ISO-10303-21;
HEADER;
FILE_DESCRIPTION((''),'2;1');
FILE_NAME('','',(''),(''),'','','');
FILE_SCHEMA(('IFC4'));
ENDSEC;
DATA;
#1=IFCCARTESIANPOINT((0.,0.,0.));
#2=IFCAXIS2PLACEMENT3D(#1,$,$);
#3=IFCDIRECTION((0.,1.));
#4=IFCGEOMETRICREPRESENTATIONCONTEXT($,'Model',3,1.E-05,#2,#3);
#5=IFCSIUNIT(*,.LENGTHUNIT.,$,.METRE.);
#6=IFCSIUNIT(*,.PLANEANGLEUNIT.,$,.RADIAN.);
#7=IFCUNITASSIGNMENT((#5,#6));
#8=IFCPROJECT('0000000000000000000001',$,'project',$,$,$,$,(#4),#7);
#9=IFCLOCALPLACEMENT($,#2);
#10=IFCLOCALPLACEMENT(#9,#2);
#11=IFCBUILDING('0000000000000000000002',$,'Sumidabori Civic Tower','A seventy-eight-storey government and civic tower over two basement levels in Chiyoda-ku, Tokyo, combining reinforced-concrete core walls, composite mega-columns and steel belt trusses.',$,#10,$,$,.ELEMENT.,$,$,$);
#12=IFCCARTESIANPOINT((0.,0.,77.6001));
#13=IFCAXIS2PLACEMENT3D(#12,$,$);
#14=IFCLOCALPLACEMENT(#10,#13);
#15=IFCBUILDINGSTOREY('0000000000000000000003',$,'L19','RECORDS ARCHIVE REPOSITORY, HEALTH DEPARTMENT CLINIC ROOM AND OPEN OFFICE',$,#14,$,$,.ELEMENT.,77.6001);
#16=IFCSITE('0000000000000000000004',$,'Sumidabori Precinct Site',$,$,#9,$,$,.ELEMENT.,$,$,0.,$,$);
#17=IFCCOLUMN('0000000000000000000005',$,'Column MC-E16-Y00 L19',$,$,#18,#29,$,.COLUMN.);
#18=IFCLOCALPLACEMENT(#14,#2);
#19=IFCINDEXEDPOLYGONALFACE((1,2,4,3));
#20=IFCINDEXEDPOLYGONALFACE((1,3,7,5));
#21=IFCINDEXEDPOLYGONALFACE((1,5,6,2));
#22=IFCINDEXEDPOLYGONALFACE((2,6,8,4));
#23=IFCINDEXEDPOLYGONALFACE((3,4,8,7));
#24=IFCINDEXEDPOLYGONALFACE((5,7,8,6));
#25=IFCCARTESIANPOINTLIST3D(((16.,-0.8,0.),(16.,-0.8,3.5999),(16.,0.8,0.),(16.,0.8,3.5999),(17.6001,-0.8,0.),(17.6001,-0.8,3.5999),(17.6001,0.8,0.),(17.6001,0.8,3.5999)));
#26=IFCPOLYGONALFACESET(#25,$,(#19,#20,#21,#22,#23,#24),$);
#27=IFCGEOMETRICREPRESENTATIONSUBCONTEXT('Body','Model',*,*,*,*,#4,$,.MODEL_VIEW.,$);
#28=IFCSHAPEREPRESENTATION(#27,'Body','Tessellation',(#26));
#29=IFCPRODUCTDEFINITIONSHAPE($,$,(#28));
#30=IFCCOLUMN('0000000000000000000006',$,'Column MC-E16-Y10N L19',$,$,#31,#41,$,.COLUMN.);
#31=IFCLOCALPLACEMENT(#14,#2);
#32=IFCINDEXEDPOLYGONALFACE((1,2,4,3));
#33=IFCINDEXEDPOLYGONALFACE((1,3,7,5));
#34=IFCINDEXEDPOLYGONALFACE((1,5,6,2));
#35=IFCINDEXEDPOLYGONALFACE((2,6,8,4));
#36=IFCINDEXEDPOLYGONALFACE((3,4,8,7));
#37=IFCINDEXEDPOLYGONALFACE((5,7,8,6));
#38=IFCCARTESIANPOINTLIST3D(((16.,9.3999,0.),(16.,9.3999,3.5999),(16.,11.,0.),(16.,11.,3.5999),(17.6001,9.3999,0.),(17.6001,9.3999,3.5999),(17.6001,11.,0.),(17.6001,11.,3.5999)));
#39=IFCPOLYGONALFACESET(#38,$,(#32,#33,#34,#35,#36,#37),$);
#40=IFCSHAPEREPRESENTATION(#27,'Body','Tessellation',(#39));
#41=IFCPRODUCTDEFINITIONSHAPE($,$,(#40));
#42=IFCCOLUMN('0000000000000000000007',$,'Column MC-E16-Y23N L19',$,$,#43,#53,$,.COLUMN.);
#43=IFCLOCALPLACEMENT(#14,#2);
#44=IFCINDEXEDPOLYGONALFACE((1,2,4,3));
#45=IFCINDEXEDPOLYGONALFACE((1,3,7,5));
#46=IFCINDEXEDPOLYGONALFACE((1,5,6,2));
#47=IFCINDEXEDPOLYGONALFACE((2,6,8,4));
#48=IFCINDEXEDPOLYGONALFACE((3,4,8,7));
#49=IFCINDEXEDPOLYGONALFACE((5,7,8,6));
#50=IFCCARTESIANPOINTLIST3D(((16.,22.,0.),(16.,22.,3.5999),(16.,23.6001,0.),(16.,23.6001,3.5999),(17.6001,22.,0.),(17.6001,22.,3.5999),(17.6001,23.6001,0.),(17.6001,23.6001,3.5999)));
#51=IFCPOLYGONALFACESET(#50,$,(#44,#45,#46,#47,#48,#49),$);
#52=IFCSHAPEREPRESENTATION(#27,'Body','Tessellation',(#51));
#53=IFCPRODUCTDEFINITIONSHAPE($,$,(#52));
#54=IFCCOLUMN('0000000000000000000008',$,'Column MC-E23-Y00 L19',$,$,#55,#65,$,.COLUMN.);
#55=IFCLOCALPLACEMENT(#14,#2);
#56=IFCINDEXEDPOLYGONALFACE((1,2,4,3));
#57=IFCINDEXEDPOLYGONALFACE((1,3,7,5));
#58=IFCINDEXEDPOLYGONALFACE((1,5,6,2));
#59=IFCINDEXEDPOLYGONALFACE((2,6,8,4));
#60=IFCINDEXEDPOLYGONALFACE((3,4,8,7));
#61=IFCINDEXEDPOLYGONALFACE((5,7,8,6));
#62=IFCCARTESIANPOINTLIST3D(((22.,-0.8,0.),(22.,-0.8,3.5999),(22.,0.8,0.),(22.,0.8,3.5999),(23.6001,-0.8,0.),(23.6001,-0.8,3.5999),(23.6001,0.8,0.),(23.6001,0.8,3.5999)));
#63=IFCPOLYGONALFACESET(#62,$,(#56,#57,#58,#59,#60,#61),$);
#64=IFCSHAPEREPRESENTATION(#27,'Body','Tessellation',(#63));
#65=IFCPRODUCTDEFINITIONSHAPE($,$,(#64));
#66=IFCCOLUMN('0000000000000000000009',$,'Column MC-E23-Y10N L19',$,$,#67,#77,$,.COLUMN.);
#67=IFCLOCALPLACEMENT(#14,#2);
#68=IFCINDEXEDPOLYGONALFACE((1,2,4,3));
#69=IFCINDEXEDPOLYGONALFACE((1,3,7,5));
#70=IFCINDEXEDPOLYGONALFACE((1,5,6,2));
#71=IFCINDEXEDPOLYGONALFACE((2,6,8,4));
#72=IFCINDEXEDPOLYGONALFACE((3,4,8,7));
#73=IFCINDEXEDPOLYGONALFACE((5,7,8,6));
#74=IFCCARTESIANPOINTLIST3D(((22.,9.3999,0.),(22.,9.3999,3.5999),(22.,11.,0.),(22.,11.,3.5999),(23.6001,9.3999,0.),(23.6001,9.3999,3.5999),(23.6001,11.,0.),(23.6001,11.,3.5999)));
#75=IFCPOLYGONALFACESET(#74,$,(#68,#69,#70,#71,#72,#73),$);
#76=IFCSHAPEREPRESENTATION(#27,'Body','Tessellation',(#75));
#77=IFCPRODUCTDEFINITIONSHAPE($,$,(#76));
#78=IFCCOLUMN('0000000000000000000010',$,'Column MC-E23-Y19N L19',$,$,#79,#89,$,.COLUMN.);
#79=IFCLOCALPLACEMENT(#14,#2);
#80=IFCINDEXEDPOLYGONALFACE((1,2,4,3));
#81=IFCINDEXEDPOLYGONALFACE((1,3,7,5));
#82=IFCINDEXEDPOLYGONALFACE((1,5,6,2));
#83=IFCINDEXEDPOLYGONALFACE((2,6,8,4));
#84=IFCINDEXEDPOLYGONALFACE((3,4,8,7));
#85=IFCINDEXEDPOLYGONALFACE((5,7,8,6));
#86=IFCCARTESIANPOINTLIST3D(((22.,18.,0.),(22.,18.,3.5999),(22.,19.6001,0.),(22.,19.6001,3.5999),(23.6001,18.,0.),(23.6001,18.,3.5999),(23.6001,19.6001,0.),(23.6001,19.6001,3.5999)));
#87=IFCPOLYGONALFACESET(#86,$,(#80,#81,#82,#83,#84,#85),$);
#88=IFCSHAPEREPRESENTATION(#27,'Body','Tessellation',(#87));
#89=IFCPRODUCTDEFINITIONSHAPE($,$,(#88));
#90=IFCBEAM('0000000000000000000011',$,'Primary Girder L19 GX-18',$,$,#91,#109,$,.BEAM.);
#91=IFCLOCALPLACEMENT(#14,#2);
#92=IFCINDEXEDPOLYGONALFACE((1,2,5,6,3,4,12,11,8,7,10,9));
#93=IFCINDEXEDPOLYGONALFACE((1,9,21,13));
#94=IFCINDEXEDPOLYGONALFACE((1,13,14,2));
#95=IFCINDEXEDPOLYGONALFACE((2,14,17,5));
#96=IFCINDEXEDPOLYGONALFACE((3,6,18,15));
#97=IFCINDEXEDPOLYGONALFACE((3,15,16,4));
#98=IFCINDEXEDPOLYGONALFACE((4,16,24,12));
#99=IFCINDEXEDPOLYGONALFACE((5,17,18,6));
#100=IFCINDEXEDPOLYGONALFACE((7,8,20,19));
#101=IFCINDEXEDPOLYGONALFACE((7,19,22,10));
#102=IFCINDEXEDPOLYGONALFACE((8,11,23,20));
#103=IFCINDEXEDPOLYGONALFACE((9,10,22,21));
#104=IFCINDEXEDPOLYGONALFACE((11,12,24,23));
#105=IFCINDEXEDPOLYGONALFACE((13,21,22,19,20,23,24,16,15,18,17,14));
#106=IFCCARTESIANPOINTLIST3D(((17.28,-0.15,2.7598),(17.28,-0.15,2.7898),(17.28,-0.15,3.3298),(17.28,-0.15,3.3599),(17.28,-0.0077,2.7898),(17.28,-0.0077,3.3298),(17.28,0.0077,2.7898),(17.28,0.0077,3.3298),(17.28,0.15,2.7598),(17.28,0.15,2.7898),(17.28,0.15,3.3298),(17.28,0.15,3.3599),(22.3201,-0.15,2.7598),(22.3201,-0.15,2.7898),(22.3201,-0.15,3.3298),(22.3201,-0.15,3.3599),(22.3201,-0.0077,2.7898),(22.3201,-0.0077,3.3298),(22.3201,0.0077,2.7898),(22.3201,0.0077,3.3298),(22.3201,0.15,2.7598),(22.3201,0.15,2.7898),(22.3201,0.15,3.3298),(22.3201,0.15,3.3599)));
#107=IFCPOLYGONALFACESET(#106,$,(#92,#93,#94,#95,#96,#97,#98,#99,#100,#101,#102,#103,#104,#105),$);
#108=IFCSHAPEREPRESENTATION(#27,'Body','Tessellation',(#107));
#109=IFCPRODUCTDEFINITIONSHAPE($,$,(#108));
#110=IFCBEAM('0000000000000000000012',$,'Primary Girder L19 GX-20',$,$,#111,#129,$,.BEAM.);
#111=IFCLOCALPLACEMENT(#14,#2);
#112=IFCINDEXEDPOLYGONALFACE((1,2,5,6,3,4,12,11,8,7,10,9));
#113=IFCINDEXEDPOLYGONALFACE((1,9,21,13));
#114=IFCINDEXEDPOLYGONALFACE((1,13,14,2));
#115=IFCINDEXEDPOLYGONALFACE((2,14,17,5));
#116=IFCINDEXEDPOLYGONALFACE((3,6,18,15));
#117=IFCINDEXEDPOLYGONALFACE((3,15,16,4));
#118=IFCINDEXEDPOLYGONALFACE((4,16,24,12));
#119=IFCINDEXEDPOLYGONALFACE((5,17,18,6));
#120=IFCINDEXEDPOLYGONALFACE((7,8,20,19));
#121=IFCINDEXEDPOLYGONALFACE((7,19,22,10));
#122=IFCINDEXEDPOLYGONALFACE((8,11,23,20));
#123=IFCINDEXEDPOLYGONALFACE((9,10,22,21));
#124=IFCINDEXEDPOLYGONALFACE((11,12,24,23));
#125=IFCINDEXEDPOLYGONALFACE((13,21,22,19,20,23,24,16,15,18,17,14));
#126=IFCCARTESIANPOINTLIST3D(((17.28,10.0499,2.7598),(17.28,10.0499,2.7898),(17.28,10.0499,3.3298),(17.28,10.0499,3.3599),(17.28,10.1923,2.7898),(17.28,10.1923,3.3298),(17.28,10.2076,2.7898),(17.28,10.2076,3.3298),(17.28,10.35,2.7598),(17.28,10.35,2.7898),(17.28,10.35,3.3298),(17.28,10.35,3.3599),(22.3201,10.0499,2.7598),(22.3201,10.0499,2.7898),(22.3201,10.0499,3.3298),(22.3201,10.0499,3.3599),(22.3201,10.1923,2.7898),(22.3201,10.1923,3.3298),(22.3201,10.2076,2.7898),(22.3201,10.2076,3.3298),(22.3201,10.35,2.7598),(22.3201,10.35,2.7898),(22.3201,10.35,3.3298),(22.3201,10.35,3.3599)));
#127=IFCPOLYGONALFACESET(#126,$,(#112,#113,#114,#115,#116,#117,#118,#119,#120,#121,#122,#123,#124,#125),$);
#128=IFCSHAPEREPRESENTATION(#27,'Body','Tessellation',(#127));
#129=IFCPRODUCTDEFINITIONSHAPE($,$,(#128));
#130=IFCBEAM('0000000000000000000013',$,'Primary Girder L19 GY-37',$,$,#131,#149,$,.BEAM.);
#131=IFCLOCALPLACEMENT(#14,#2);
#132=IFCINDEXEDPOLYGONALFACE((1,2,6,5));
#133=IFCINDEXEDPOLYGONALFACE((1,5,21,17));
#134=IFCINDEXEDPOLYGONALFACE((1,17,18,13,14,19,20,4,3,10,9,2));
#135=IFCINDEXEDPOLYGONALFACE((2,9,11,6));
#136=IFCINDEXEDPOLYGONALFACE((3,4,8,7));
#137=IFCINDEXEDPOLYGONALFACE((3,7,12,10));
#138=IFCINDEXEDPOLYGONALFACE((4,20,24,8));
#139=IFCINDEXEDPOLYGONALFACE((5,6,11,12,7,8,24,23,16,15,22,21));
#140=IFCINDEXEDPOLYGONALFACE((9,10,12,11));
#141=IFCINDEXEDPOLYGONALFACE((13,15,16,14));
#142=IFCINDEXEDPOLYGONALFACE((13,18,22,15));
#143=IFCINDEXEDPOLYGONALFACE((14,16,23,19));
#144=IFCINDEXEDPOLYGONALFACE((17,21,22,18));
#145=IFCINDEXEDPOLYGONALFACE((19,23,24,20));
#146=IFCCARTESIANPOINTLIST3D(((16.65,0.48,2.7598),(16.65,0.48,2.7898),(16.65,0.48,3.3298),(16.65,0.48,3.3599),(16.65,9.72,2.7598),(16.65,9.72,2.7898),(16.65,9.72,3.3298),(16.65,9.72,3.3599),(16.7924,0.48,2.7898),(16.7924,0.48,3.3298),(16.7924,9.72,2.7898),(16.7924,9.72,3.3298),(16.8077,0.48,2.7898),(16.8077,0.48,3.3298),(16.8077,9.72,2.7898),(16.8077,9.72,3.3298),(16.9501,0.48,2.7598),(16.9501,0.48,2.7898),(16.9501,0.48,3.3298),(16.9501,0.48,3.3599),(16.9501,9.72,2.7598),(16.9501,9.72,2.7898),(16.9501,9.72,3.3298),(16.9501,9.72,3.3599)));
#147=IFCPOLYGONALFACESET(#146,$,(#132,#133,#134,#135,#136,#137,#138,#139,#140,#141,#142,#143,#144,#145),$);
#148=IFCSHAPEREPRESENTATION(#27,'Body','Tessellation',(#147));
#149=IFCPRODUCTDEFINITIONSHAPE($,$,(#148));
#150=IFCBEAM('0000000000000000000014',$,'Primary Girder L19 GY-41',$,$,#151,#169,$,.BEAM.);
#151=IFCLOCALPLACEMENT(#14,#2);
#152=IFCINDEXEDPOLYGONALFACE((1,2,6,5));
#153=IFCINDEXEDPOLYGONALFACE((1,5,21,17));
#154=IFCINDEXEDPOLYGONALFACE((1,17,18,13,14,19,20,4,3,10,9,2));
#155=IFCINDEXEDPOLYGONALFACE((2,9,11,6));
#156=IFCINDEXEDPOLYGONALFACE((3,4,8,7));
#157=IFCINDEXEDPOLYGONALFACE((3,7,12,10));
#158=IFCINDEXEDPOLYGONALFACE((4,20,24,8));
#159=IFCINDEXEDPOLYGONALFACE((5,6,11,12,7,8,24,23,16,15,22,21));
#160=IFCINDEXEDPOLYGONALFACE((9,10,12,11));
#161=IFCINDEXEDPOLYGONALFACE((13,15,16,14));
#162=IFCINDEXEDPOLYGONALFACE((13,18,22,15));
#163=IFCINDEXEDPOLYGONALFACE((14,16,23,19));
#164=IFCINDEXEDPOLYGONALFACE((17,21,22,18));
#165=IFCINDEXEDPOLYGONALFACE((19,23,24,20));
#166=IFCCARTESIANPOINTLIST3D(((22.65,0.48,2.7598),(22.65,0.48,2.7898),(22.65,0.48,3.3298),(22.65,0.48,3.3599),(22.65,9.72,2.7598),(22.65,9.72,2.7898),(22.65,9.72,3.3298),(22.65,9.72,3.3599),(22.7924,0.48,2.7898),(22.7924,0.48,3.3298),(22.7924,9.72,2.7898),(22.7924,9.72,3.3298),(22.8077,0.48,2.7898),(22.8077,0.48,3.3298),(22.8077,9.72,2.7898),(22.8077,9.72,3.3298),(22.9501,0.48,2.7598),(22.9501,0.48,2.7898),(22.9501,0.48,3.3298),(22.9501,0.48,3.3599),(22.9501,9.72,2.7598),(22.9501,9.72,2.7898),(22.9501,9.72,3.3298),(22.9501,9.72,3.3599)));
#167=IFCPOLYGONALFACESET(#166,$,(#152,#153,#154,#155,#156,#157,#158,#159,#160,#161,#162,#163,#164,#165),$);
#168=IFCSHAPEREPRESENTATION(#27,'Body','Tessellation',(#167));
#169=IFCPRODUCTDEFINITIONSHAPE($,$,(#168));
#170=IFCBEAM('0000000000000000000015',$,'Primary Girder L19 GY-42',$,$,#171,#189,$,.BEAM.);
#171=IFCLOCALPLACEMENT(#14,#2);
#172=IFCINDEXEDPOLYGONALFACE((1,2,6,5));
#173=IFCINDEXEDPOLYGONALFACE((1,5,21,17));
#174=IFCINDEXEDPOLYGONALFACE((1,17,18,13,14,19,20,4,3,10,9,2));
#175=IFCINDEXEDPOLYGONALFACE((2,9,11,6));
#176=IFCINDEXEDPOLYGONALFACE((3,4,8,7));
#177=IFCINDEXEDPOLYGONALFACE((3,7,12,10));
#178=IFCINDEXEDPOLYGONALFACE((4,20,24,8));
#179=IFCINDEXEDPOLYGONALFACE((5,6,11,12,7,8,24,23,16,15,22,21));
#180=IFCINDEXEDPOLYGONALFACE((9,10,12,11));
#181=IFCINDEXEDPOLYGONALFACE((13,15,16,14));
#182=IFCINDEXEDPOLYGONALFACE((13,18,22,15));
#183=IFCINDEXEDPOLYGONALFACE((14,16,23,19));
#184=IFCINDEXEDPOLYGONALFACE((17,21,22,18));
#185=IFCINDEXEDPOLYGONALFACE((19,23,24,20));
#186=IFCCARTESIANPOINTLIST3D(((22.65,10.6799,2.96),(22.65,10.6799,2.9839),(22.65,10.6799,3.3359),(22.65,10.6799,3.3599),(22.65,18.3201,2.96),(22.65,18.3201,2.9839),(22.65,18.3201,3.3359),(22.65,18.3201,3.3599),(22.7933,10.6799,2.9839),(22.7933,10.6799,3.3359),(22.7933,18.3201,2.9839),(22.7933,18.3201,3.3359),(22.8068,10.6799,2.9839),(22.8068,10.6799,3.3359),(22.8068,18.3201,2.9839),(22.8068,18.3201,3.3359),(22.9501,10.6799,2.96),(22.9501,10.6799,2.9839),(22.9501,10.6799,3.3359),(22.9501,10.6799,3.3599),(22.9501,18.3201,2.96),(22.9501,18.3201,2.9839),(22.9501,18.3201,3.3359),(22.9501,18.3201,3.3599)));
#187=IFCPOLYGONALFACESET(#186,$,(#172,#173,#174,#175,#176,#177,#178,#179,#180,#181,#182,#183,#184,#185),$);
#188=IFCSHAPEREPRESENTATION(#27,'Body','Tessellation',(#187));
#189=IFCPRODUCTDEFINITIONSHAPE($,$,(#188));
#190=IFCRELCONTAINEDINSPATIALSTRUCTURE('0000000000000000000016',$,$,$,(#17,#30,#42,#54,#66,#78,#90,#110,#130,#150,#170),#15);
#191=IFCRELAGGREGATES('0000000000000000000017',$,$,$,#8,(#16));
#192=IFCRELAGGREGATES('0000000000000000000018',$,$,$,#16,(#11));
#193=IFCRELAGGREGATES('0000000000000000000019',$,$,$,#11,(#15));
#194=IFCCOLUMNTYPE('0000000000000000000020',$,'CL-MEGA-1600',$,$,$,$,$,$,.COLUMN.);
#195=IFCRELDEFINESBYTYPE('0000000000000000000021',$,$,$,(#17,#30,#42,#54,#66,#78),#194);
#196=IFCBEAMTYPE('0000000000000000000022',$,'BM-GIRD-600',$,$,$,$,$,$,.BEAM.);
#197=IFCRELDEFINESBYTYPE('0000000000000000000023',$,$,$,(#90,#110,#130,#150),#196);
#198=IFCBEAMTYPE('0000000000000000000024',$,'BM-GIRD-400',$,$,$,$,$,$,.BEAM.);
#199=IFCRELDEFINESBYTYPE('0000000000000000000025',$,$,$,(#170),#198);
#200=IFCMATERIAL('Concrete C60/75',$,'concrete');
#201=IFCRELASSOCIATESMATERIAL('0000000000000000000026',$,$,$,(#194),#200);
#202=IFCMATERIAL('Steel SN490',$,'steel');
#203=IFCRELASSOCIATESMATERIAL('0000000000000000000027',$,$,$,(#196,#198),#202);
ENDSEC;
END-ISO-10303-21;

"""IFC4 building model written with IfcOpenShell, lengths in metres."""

from ifc_helpers import new_model, si_unit, direction, frame, origin, origin_2d, place, context, subcontext, project, spatial, rectangle, i_section, extrude, source, transform, mapped, material, material_profile, profile_set, type_object, element, save


model = new_model("IFC4")

# Units and contexts
model_context = context("Model", 3, precision=1e-05, world=origin(), true_north=direction((0.0, 1.0)))
body_context = subcontext(model_context, "Body", "Model", "MODEL_VIEW")
ifc_project = project(units=[si_unit("LENGTHUNIT", "METRE"), si_unit("PLANEANGLEUNIT", "RADIAN")], contexts=[model_context])

# Site, building, storey
site_placement = place(None, origin())
site = spatial("IfcSite", under=ifc_project, at=site_placement, Name="Sumidabori Precinct Site", CompositionType="ELEMENT", RefElevation=0.0)
building_placement = place(site_placement, origin())
building = spatial("IfcBuilding", under=site, at=building_placement, Name="Sumidabori Civic Tower", Description="A seventy-eight-storey government and civic tower over two basement levels in Chiyoda-ku, Tokyo, combining reinforced-concrete core walls, composite mega-columns and steel belt trusses.", CompositionType="ELEMENT")
storey_placement = place(building_placement, frame((0.0, 0.0, 77.6001)))
storey = spatial("IfcBuildingStorey", under=building, at=storey_placement, Name="L19", Description="RECORDS ARCHIVE REPOSITORY, HEALTH DEPARTMENT CLINIC ROOM AND OPEN OFFICE", CompositionType="ELEMENT", Elevation=77.6001)

# Columns
ifc_material_1 = material(Name="Concrete C60/75", Category="concrete")
ifc_material_profile_1 = material_profile(ifc_material_1, rectangle(XDim=1.6001, YDim=1.6001, at=origin_2d()), Name="RC 1600x1600")
ifc_profile_set_1 = profile_set([ifc_material_profile_1], Name="Concrete C60/75")
column_type = type_object("IfcColumnType", Name="CL-MEGA-1600", PredefinedType="COLUMN", material=ifc_profile_set_1)
shared_shape_1 = source(origin(), body_context, "Body", "SweptSolid", [
    extrude(rectangle(XDim=1.6001, YDim=1.6001, at=origin_2d()), origin(), (0.0, 0.0, 1.0), 3.5999),
])
for number, where, z_axis, x_axis, name in (
    (1, (16.8, 0.0, 0.0), (0.0, 0.0, 1.0), (1.0, 0.0, 0.0), "Column MC-E16-Y00 L19"),
    (2, (16.8, 10.2, 0.0), (0.0, 0.0, 1.0), (1.0, 0.0, 0.0), "Column MC-E16-Y10N L19"),
    (3, (16.8, 22.8, 0.0), (0.0, 0.0, 1.0), (1.0, 0.0, 0.0), "Column MC-E16-Y23N L19"),
    (4, (22.8, 0.0, 0.0), (0.0, 0.0, 1.0), (1.0, 0.0, 0.0), "Column MC-E23-Y00 L19"),
    (5, (22.8, 10.2, 0.0), (0.0, 0.0, 1.0), (1.0, 0.0, 0.0), "Column MC-E23-Y10N L19"),
    (6, (22.8, 18.8, 0.0), (0.0, 0.0, 1.0), (1.0, 0.0, 0.0), "Column MC-E23-Y19N L19"),
):
    element("IfcColumn", number, at=place(storey_placement, frame(where, z_axis=z_axis, x_axis=x_axis)), inside=storey, type_object=column_type, Name=name, PredefinedType="COLUMN", context=body_context, shape_type="MappedRepresentation", body=[
        mapped(shared_shape_1, transform((0.0, 0.0, 0.0), x_axis=(1.0, 0.0, 0.0), y_axis=(0.0, 1.0, 0.0), z_axis=(0.0, 0.0, 1.0), scale=1.0)),
    ])

# Beams
ifc_material_2 = material(Name="Steel SN490", Category="steel")
ifc_material_profile_2 = material_profile(ifc_material_2, i_section(OverallWidth=0.3, OverallDepth=0.6001, WebThickness=0.0154, FlangeThickness=0.03, at=origin_2d()), Name="HE 600 B")
ifc_profile_set_2 = profile_set([ifc_material_profile_2], Name="Steel SN490")
beam_type_1 = type_object("IfcBeamType", Name="BM-GIRD-600", PredefinedType="BEAM", material=ifc_profile_set_2)
shared_shape_2 = source(origin(), body_context, "Body", "SweptSolid", [
    extrude(i_section(OverallWidth=0.3, OverallDepth=0.6001, WebThickness=0.0154, FlangeThickness=0.03, at=origin_2d()), origin(), (0.0, 0.0, 1.0), 5.04),
])
for number, where, z_axis, x_axis, name in (
    (7, (17.28, 0.0, 3.0598), (1.0, 0.0, 0.0), (0.0, 1.0, 0.0), "Primary Girder L19 GX-18"),
    (8, (17.28, 10.2, 3.0598), (1.0, 0.0, 0.0), (0.0, 1.0, 0.0), "Primary Girder L19 GX-20"),
):
    element("IfcBeam", number, at=place(storey_placement, frame(where, z_axis=z_axis, x_axis=x_axis)), inside=storey, type_object=beam_type_1, Name=name, PredefinedType="BEAM", context=body_context, shape_type="MappedRepresentation", body=[
        mapped(shared_shape_2, transform((0.0, 0.0, 0.0), x_axis=(1.0, 0.0, 0.0), y_axis=(0.0, 1.0, 0.0), z_axis=(0.0, 0.0, 1.0), scale=1.0)),
    ])
shared_shape_3 = source(origin(), body_context, "Body", "SweptSolid", [
    extrude(i_section(OverallWidth=0.3, OverallDepth=0.6001, WebThickness=0.0154, FlangeThickness=0.03, at=origin_2d()), origin(), (0.0, 0.0, 1.0), 9.24),
])
for number, where, z_axis, x_axis, name in (
    (9, (16.8, 0.48, 3.0598), (0.0, 1.0, 0.0), (-1.0, 0.0, 0.0), "Primary Girder L19 GY-37"),
    (10, (22.8, 0.48, 3.0598), (0.0, 1.0, 0.0), (-1.0, 0.0, 0.0), "Primary Girder L19 GY-41"),
):
    element("IfcBeam", number, at=place(storey_placement, frame(where, z_axis=z_axis, x_axis=x_axis)), inside=storey, type_object=beam_type_1, Name=name, PredefinedType="BEAM", context=body_context, shape_type="MappedRepresentation", body=[
        mapped(shared_shape_3, transform((0.0, 0.0, 0.0), x_axis=(1.0, 0.0, 0.0), y_axis=(0.0, 1.0, 0.0), z_axis=(0.0, 0.0, 1.0), scale=1.0)),
    ])
ifc_material_profile_3 = material_profile(ifc_material_2, i_section(OverallWidth=0.3, OverallDepth=0.3999, WebThickness=0.0134, FlangeThickness=0.0239, at=origin_2d()), Name="HE 400 B")
ifc_profile_set_3 = profile_set([ifc_material_profile_3], Name="Steel SN490")
beam_type_2 = type_object("IfcBeamType", Name="BM-GIRD-400", PredefinedType="BEAM", material=ifc_profile_set_3)
shared_shape_4 = source(origin(), body_context, "Body", "SweptSolid", [
    extrude(i_section(OverallWidth=0.3, OverallDepth=0.3999, WebThickness=0.0134, FlangeThickness=0.0239, at=origin_2d()), origin(), (0.0, 0.0, 1.0), 7.6401),
])
beam_1_placement = place(storey_placement, frame((22.8, 10.6799, 3.1599), z_axis=(0.0, 1.0, 0.0), x_axis=(-1.0, 0.0, 0.0)))
element("IfcBeam", 11, at=beam_1_placement, inside=storey, type_object=beam_type_2, Name="Primary Girder L19 GY-42", PredefinedType="BEAM", context=body_context, shape_type="MappedRepresentation", body=[
    mapped(shared_shape_4, transform((0.0, 0.0, 0.0), x_axis=(1.0, 0.0, 0.0), y_axis=(0.0, 1.0, 0.0), z_axis=(0.0, 0.0, 1.0), scale=1.0)),
])

save(model, "model.ifc")
